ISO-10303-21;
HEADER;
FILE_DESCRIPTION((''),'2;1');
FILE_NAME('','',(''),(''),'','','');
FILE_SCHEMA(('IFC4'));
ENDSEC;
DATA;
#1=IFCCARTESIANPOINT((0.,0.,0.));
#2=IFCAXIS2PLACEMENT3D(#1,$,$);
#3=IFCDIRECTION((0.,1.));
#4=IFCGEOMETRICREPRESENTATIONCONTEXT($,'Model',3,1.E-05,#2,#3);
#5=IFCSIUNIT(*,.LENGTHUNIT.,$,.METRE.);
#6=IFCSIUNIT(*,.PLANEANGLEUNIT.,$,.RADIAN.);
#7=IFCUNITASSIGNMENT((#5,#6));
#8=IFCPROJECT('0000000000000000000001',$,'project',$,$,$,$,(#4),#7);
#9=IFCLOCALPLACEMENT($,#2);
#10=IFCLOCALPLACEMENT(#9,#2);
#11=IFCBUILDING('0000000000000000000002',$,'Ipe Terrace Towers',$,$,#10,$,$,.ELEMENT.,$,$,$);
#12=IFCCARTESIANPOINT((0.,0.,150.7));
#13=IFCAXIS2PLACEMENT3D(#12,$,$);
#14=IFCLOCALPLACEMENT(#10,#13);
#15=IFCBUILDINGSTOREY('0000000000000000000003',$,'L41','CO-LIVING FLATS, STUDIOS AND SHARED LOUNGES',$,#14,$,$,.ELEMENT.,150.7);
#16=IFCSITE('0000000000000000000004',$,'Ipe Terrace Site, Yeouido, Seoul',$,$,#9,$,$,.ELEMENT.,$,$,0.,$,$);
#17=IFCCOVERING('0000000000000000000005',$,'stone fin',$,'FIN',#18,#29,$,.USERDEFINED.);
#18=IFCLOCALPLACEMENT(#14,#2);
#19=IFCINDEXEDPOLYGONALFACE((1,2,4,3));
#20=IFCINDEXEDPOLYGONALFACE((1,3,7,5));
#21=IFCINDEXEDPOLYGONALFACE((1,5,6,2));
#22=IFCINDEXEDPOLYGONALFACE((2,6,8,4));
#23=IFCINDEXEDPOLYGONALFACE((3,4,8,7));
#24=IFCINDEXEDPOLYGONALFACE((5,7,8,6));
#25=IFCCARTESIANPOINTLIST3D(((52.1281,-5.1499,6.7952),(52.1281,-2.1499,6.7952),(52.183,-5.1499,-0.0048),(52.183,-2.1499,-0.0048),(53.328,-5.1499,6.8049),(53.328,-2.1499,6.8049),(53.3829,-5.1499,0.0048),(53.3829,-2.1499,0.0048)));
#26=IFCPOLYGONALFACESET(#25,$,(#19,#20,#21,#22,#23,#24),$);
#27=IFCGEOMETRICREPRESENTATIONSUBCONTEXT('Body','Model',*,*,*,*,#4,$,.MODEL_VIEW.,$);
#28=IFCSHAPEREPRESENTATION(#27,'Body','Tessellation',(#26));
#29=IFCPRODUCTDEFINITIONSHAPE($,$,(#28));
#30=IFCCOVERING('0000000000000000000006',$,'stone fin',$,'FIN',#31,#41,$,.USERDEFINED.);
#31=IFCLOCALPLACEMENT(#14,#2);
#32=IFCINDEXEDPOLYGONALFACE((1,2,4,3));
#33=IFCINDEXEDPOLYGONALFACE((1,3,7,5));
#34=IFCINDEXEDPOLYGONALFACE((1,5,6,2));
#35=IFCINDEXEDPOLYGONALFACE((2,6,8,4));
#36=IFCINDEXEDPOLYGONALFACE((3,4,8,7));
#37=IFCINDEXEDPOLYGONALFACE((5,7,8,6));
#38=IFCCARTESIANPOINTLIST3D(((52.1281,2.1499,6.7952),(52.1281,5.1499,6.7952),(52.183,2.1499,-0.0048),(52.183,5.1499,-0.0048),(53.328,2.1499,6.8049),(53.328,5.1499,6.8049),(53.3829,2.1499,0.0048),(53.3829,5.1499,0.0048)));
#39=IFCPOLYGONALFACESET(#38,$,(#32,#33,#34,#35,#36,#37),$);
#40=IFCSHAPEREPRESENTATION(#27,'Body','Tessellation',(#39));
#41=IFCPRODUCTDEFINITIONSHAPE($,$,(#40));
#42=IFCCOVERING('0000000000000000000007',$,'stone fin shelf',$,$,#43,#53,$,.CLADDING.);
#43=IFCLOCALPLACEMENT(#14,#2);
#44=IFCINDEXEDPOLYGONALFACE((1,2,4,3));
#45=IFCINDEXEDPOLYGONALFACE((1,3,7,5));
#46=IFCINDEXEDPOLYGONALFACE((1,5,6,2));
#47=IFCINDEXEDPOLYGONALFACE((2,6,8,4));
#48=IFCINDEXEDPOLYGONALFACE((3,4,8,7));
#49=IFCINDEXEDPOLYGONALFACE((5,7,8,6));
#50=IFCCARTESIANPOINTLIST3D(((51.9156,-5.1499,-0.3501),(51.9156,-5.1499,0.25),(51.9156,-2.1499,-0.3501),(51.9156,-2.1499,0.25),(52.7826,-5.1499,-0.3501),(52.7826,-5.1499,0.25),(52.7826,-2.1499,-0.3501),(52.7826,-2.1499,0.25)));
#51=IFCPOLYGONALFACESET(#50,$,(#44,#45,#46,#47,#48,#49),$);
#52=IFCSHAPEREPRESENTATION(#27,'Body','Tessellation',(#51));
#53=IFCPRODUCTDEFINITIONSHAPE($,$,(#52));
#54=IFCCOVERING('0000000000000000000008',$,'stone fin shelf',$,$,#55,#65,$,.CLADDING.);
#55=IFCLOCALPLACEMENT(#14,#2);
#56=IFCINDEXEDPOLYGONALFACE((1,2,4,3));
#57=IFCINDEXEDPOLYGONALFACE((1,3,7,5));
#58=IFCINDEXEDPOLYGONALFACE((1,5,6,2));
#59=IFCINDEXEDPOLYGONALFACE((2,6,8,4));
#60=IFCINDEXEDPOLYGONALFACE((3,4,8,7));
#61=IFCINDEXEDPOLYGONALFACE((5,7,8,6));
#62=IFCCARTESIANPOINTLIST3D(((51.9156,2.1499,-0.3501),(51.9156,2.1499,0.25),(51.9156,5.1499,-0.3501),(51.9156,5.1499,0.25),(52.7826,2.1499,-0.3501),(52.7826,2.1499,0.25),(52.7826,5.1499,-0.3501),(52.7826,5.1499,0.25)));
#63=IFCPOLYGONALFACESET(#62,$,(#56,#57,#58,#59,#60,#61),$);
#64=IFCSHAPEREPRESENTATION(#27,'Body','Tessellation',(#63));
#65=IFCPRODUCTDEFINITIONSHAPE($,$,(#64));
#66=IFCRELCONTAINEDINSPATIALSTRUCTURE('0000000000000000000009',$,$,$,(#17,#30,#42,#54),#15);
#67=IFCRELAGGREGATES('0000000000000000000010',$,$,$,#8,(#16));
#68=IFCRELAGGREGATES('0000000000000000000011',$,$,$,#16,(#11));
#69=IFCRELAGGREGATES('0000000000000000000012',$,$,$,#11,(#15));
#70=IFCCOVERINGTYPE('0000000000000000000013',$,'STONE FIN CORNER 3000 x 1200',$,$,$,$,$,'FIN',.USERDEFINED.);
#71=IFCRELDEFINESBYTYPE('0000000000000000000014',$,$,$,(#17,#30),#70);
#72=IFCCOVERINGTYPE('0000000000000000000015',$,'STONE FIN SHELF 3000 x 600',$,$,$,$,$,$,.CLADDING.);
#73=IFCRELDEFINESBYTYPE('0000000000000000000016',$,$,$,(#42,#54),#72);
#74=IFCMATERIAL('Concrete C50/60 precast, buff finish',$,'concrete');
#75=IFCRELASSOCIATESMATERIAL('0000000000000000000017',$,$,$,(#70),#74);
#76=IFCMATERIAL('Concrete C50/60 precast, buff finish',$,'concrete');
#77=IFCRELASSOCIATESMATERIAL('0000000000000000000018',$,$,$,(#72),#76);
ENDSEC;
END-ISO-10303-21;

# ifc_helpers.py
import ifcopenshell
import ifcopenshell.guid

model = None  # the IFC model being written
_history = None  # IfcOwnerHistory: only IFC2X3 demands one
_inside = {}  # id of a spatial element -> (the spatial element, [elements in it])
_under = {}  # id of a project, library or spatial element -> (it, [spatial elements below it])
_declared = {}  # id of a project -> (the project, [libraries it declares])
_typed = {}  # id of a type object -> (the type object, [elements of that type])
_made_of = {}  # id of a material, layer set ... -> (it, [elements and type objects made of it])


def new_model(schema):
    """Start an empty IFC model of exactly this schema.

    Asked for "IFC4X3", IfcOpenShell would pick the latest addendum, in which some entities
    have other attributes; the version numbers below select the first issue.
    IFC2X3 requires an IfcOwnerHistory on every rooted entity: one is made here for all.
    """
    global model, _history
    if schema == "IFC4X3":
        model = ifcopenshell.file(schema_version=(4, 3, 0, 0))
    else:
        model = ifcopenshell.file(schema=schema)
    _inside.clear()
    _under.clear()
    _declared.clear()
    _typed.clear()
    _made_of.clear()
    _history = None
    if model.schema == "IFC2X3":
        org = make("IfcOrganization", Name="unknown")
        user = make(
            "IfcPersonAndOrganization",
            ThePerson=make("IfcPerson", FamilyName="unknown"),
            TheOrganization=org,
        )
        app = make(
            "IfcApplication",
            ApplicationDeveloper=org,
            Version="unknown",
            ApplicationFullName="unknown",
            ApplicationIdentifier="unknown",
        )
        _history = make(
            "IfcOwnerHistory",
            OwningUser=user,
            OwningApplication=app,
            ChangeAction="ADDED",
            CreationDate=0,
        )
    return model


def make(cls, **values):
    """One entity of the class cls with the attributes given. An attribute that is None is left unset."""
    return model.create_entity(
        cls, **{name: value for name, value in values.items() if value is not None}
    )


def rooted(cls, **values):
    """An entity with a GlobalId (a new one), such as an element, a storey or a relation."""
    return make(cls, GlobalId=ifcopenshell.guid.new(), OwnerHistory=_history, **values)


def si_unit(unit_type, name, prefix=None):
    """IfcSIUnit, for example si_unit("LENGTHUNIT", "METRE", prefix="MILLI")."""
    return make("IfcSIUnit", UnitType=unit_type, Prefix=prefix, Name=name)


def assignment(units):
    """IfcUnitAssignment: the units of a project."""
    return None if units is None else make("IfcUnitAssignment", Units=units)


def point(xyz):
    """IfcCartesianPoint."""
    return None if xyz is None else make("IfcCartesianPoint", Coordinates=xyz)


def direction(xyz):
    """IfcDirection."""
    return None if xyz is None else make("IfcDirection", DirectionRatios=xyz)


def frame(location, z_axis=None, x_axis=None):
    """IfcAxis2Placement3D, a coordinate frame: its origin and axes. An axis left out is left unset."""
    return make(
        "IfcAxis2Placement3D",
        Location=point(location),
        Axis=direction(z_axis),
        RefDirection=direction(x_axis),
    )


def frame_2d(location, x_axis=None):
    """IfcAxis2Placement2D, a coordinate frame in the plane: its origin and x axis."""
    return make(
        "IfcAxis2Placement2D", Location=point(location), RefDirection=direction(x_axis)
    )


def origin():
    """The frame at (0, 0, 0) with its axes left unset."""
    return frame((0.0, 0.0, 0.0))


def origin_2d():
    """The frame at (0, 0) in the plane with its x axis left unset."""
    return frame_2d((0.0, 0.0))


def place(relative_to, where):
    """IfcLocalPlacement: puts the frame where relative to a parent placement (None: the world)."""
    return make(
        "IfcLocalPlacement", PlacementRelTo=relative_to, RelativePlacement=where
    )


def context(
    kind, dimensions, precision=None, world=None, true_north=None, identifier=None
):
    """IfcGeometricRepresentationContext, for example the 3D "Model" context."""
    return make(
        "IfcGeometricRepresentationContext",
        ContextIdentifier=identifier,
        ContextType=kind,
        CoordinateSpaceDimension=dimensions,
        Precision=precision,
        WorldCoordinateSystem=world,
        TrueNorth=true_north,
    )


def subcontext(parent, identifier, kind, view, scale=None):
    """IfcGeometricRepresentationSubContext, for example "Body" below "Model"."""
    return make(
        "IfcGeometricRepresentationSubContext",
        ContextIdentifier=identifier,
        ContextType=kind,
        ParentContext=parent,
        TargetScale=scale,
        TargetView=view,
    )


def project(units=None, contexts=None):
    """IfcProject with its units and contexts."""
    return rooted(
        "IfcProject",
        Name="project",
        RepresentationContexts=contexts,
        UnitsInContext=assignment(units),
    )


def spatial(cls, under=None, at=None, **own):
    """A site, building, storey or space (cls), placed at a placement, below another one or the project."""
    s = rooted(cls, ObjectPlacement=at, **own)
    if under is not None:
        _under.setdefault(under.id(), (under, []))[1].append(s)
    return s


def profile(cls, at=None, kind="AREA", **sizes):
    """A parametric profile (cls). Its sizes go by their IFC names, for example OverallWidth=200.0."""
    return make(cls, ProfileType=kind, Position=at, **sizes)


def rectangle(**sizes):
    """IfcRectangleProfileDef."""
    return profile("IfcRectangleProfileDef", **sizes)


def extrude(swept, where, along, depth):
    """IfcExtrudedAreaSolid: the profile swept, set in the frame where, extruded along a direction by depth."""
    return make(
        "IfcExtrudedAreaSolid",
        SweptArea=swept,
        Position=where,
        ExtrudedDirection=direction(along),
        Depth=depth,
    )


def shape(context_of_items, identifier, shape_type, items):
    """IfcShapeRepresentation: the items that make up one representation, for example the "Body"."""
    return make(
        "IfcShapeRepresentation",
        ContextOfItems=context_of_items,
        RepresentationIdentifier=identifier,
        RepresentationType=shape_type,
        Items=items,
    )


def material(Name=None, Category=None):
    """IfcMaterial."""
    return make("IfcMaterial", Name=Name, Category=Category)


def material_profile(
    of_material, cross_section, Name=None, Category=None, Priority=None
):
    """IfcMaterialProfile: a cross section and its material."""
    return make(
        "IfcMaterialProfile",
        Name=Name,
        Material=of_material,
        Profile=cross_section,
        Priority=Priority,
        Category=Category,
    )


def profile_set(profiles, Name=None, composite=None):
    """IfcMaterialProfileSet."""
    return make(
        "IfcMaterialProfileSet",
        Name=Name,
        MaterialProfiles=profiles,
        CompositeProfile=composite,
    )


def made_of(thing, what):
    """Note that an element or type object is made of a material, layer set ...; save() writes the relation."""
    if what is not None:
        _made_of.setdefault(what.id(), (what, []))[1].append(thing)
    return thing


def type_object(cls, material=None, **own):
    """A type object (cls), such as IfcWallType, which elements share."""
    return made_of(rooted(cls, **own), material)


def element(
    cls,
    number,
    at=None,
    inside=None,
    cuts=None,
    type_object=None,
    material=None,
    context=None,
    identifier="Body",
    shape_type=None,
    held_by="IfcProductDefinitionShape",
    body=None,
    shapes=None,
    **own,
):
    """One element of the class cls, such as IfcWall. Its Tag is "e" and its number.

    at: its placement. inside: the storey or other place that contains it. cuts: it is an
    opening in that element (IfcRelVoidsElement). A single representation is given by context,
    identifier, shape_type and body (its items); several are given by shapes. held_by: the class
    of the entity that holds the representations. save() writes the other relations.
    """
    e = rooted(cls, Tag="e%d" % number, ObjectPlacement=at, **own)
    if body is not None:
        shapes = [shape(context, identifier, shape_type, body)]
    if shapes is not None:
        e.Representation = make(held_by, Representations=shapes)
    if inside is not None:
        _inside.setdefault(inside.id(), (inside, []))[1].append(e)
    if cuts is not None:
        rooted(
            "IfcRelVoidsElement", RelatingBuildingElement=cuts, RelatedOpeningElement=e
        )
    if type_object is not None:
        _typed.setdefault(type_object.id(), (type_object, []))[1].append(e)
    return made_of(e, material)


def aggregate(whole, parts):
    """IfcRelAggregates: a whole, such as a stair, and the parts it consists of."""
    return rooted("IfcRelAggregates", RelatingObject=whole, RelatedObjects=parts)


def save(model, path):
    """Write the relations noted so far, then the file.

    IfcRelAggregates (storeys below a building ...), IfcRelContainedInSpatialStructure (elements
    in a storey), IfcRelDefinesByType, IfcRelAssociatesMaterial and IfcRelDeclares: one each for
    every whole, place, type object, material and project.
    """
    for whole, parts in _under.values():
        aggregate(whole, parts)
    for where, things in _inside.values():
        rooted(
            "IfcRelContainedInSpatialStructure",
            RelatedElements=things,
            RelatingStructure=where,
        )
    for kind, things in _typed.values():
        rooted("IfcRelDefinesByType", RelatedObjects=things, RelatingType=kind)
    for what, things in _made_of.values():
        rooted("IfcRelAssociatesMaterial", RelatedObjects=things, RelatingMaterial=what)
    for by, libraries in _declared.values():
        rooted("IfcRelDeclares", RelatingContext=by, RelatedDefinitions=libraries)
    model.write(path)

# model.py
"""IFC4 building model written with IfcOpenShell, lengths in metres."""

from ifc_helpers import new_model, si_unit, direction, frame, origin, origin_2d, place, context, subcontext, project, spatial, rectangle, extrude, material, material_profile, profile_set, type_object, element, save


model = new_model("IFC4")

# Units and contexts
model_context = context("Model", 3, precision=1e-05, world=origin(), true_north=direction((0.0, 1.0)))
body_context = subcontext(model_context, "Body", "Model", "MODEL_VIEW")
ifc_project = project(units=[si_unit("LENGTHUNIT", "METRE"), si_unit("PLANEANGLEUNIT", "RADIAN")], contexts=[model_context])

# Site, building, storey
site_placement = place(None, origin())
site = spatial("IfcSite", under=ifc_project, at=site_placement, Name="Ipe Terrace Site, Yeouido, Seoul", CompositionType="ELEMENT", RefElevation=0.0)
building_placement = place(site_placement, origin())
building = spatial("IfcBuilding", under=site, at=building_placement, Name="Ipe Terrace Towers", CompositionType="ELEMENT")
storey_placement = place(building_placement, frame((0.0, 0.0, 150.7)))
storey = spatial("IfcBuildingStorey", under=building, at=storey_placement, Name="L41", Description="CO-LIVING FLATS, STUDIOS AND SHARED LOUNGES", CompositionType="ELEMENT", Elevation=150.7)

# Coverings
ifc_material_1 = material(Name="Concrete C50/60 precast, buff finish", Category="concrete")
ifc_material_profile_1 = material_profile(ifc_material_1, rectangle(XDim=3.0, YDim=1.2, at=origin_2d()), Name="STONE FIN CORNER 3000 x 1200")
ifc_profile_set_1 = profile_set([ifc_material_profile_1], Name="Concrete C50/60 precast, buff finish")
covering_type_1 = type_object("IfcCoveringType", Name="STONE FIN CORNER 3000 x 1200", ElementType="FIN", PredefinedType="USERDEFINED", material=ifc_profile_set_1)
for number, where, z_axis, x_axis, name in (
    (1, (52.783, -3.6499, 0.0), (-0.008078, 0.0, 0.999967), (0.0, 1.0, 0.0), "stone fin"),
    (2, (52.783, 3.6499, 0.0), (-0.008078, 0.0, 0.999967), (0.0, 1.0, 0.0), "stone fin"),
):
    element("IfcCovering", number, at=place(storey_placement, frame(where, z_axis=z_axis, x_axis=x_axis)), inside=storey, type_object=covering_type_1, Name=name, ObjectType="FIN", PredefinedType="USERDEFINED", context=body_context, shape_type="SweptSolid", body=[
        extrude(rectangle(XDim=3.0, YDim=1.2, at=origin_2d()), origin(), (0.0, 0.0, 1.0), 6.8003),
    ])
ifc_material_2 = material(Name="Concrete C50/60 precast, buff finish", Category="concrete")
covering_type_2 = type_object("IfcCoveringType", Name="STONE FIN SHELF 3000 x 600", PredefinedType="CLADDING", material=ifc_material_2)
for number, where, z_axis, x_axis, name in (
    (3, (52.3491, -3.6499, -0.3501), (0.0, 0.0, 1.0), (0.0, 1.0, 0.0), "stone fin shelf"),
    (4, (52.3491, 3.6499, -0.3501), (0.0, 0.0, 1.0), (0.0, 1.0, 0.0), "stone fin shelf"),
):
    element("IfcCovering", number, at=place(storey_placement, frame(where, z_axis=z_axis, x_axis=x_axis)), inside=storey, type_object=covering_type_2, Name=name, PredefinedType="CLADDING", context=body_context, shape_type="SweptSolid", body=[
        extrude(rectangle(XDim=3.0, YDim=0.8669, at=origin_2d()), origin(), (0.0, 0.0, 1.0), 0.6001),
    ])

save(model, "model.ifc")
